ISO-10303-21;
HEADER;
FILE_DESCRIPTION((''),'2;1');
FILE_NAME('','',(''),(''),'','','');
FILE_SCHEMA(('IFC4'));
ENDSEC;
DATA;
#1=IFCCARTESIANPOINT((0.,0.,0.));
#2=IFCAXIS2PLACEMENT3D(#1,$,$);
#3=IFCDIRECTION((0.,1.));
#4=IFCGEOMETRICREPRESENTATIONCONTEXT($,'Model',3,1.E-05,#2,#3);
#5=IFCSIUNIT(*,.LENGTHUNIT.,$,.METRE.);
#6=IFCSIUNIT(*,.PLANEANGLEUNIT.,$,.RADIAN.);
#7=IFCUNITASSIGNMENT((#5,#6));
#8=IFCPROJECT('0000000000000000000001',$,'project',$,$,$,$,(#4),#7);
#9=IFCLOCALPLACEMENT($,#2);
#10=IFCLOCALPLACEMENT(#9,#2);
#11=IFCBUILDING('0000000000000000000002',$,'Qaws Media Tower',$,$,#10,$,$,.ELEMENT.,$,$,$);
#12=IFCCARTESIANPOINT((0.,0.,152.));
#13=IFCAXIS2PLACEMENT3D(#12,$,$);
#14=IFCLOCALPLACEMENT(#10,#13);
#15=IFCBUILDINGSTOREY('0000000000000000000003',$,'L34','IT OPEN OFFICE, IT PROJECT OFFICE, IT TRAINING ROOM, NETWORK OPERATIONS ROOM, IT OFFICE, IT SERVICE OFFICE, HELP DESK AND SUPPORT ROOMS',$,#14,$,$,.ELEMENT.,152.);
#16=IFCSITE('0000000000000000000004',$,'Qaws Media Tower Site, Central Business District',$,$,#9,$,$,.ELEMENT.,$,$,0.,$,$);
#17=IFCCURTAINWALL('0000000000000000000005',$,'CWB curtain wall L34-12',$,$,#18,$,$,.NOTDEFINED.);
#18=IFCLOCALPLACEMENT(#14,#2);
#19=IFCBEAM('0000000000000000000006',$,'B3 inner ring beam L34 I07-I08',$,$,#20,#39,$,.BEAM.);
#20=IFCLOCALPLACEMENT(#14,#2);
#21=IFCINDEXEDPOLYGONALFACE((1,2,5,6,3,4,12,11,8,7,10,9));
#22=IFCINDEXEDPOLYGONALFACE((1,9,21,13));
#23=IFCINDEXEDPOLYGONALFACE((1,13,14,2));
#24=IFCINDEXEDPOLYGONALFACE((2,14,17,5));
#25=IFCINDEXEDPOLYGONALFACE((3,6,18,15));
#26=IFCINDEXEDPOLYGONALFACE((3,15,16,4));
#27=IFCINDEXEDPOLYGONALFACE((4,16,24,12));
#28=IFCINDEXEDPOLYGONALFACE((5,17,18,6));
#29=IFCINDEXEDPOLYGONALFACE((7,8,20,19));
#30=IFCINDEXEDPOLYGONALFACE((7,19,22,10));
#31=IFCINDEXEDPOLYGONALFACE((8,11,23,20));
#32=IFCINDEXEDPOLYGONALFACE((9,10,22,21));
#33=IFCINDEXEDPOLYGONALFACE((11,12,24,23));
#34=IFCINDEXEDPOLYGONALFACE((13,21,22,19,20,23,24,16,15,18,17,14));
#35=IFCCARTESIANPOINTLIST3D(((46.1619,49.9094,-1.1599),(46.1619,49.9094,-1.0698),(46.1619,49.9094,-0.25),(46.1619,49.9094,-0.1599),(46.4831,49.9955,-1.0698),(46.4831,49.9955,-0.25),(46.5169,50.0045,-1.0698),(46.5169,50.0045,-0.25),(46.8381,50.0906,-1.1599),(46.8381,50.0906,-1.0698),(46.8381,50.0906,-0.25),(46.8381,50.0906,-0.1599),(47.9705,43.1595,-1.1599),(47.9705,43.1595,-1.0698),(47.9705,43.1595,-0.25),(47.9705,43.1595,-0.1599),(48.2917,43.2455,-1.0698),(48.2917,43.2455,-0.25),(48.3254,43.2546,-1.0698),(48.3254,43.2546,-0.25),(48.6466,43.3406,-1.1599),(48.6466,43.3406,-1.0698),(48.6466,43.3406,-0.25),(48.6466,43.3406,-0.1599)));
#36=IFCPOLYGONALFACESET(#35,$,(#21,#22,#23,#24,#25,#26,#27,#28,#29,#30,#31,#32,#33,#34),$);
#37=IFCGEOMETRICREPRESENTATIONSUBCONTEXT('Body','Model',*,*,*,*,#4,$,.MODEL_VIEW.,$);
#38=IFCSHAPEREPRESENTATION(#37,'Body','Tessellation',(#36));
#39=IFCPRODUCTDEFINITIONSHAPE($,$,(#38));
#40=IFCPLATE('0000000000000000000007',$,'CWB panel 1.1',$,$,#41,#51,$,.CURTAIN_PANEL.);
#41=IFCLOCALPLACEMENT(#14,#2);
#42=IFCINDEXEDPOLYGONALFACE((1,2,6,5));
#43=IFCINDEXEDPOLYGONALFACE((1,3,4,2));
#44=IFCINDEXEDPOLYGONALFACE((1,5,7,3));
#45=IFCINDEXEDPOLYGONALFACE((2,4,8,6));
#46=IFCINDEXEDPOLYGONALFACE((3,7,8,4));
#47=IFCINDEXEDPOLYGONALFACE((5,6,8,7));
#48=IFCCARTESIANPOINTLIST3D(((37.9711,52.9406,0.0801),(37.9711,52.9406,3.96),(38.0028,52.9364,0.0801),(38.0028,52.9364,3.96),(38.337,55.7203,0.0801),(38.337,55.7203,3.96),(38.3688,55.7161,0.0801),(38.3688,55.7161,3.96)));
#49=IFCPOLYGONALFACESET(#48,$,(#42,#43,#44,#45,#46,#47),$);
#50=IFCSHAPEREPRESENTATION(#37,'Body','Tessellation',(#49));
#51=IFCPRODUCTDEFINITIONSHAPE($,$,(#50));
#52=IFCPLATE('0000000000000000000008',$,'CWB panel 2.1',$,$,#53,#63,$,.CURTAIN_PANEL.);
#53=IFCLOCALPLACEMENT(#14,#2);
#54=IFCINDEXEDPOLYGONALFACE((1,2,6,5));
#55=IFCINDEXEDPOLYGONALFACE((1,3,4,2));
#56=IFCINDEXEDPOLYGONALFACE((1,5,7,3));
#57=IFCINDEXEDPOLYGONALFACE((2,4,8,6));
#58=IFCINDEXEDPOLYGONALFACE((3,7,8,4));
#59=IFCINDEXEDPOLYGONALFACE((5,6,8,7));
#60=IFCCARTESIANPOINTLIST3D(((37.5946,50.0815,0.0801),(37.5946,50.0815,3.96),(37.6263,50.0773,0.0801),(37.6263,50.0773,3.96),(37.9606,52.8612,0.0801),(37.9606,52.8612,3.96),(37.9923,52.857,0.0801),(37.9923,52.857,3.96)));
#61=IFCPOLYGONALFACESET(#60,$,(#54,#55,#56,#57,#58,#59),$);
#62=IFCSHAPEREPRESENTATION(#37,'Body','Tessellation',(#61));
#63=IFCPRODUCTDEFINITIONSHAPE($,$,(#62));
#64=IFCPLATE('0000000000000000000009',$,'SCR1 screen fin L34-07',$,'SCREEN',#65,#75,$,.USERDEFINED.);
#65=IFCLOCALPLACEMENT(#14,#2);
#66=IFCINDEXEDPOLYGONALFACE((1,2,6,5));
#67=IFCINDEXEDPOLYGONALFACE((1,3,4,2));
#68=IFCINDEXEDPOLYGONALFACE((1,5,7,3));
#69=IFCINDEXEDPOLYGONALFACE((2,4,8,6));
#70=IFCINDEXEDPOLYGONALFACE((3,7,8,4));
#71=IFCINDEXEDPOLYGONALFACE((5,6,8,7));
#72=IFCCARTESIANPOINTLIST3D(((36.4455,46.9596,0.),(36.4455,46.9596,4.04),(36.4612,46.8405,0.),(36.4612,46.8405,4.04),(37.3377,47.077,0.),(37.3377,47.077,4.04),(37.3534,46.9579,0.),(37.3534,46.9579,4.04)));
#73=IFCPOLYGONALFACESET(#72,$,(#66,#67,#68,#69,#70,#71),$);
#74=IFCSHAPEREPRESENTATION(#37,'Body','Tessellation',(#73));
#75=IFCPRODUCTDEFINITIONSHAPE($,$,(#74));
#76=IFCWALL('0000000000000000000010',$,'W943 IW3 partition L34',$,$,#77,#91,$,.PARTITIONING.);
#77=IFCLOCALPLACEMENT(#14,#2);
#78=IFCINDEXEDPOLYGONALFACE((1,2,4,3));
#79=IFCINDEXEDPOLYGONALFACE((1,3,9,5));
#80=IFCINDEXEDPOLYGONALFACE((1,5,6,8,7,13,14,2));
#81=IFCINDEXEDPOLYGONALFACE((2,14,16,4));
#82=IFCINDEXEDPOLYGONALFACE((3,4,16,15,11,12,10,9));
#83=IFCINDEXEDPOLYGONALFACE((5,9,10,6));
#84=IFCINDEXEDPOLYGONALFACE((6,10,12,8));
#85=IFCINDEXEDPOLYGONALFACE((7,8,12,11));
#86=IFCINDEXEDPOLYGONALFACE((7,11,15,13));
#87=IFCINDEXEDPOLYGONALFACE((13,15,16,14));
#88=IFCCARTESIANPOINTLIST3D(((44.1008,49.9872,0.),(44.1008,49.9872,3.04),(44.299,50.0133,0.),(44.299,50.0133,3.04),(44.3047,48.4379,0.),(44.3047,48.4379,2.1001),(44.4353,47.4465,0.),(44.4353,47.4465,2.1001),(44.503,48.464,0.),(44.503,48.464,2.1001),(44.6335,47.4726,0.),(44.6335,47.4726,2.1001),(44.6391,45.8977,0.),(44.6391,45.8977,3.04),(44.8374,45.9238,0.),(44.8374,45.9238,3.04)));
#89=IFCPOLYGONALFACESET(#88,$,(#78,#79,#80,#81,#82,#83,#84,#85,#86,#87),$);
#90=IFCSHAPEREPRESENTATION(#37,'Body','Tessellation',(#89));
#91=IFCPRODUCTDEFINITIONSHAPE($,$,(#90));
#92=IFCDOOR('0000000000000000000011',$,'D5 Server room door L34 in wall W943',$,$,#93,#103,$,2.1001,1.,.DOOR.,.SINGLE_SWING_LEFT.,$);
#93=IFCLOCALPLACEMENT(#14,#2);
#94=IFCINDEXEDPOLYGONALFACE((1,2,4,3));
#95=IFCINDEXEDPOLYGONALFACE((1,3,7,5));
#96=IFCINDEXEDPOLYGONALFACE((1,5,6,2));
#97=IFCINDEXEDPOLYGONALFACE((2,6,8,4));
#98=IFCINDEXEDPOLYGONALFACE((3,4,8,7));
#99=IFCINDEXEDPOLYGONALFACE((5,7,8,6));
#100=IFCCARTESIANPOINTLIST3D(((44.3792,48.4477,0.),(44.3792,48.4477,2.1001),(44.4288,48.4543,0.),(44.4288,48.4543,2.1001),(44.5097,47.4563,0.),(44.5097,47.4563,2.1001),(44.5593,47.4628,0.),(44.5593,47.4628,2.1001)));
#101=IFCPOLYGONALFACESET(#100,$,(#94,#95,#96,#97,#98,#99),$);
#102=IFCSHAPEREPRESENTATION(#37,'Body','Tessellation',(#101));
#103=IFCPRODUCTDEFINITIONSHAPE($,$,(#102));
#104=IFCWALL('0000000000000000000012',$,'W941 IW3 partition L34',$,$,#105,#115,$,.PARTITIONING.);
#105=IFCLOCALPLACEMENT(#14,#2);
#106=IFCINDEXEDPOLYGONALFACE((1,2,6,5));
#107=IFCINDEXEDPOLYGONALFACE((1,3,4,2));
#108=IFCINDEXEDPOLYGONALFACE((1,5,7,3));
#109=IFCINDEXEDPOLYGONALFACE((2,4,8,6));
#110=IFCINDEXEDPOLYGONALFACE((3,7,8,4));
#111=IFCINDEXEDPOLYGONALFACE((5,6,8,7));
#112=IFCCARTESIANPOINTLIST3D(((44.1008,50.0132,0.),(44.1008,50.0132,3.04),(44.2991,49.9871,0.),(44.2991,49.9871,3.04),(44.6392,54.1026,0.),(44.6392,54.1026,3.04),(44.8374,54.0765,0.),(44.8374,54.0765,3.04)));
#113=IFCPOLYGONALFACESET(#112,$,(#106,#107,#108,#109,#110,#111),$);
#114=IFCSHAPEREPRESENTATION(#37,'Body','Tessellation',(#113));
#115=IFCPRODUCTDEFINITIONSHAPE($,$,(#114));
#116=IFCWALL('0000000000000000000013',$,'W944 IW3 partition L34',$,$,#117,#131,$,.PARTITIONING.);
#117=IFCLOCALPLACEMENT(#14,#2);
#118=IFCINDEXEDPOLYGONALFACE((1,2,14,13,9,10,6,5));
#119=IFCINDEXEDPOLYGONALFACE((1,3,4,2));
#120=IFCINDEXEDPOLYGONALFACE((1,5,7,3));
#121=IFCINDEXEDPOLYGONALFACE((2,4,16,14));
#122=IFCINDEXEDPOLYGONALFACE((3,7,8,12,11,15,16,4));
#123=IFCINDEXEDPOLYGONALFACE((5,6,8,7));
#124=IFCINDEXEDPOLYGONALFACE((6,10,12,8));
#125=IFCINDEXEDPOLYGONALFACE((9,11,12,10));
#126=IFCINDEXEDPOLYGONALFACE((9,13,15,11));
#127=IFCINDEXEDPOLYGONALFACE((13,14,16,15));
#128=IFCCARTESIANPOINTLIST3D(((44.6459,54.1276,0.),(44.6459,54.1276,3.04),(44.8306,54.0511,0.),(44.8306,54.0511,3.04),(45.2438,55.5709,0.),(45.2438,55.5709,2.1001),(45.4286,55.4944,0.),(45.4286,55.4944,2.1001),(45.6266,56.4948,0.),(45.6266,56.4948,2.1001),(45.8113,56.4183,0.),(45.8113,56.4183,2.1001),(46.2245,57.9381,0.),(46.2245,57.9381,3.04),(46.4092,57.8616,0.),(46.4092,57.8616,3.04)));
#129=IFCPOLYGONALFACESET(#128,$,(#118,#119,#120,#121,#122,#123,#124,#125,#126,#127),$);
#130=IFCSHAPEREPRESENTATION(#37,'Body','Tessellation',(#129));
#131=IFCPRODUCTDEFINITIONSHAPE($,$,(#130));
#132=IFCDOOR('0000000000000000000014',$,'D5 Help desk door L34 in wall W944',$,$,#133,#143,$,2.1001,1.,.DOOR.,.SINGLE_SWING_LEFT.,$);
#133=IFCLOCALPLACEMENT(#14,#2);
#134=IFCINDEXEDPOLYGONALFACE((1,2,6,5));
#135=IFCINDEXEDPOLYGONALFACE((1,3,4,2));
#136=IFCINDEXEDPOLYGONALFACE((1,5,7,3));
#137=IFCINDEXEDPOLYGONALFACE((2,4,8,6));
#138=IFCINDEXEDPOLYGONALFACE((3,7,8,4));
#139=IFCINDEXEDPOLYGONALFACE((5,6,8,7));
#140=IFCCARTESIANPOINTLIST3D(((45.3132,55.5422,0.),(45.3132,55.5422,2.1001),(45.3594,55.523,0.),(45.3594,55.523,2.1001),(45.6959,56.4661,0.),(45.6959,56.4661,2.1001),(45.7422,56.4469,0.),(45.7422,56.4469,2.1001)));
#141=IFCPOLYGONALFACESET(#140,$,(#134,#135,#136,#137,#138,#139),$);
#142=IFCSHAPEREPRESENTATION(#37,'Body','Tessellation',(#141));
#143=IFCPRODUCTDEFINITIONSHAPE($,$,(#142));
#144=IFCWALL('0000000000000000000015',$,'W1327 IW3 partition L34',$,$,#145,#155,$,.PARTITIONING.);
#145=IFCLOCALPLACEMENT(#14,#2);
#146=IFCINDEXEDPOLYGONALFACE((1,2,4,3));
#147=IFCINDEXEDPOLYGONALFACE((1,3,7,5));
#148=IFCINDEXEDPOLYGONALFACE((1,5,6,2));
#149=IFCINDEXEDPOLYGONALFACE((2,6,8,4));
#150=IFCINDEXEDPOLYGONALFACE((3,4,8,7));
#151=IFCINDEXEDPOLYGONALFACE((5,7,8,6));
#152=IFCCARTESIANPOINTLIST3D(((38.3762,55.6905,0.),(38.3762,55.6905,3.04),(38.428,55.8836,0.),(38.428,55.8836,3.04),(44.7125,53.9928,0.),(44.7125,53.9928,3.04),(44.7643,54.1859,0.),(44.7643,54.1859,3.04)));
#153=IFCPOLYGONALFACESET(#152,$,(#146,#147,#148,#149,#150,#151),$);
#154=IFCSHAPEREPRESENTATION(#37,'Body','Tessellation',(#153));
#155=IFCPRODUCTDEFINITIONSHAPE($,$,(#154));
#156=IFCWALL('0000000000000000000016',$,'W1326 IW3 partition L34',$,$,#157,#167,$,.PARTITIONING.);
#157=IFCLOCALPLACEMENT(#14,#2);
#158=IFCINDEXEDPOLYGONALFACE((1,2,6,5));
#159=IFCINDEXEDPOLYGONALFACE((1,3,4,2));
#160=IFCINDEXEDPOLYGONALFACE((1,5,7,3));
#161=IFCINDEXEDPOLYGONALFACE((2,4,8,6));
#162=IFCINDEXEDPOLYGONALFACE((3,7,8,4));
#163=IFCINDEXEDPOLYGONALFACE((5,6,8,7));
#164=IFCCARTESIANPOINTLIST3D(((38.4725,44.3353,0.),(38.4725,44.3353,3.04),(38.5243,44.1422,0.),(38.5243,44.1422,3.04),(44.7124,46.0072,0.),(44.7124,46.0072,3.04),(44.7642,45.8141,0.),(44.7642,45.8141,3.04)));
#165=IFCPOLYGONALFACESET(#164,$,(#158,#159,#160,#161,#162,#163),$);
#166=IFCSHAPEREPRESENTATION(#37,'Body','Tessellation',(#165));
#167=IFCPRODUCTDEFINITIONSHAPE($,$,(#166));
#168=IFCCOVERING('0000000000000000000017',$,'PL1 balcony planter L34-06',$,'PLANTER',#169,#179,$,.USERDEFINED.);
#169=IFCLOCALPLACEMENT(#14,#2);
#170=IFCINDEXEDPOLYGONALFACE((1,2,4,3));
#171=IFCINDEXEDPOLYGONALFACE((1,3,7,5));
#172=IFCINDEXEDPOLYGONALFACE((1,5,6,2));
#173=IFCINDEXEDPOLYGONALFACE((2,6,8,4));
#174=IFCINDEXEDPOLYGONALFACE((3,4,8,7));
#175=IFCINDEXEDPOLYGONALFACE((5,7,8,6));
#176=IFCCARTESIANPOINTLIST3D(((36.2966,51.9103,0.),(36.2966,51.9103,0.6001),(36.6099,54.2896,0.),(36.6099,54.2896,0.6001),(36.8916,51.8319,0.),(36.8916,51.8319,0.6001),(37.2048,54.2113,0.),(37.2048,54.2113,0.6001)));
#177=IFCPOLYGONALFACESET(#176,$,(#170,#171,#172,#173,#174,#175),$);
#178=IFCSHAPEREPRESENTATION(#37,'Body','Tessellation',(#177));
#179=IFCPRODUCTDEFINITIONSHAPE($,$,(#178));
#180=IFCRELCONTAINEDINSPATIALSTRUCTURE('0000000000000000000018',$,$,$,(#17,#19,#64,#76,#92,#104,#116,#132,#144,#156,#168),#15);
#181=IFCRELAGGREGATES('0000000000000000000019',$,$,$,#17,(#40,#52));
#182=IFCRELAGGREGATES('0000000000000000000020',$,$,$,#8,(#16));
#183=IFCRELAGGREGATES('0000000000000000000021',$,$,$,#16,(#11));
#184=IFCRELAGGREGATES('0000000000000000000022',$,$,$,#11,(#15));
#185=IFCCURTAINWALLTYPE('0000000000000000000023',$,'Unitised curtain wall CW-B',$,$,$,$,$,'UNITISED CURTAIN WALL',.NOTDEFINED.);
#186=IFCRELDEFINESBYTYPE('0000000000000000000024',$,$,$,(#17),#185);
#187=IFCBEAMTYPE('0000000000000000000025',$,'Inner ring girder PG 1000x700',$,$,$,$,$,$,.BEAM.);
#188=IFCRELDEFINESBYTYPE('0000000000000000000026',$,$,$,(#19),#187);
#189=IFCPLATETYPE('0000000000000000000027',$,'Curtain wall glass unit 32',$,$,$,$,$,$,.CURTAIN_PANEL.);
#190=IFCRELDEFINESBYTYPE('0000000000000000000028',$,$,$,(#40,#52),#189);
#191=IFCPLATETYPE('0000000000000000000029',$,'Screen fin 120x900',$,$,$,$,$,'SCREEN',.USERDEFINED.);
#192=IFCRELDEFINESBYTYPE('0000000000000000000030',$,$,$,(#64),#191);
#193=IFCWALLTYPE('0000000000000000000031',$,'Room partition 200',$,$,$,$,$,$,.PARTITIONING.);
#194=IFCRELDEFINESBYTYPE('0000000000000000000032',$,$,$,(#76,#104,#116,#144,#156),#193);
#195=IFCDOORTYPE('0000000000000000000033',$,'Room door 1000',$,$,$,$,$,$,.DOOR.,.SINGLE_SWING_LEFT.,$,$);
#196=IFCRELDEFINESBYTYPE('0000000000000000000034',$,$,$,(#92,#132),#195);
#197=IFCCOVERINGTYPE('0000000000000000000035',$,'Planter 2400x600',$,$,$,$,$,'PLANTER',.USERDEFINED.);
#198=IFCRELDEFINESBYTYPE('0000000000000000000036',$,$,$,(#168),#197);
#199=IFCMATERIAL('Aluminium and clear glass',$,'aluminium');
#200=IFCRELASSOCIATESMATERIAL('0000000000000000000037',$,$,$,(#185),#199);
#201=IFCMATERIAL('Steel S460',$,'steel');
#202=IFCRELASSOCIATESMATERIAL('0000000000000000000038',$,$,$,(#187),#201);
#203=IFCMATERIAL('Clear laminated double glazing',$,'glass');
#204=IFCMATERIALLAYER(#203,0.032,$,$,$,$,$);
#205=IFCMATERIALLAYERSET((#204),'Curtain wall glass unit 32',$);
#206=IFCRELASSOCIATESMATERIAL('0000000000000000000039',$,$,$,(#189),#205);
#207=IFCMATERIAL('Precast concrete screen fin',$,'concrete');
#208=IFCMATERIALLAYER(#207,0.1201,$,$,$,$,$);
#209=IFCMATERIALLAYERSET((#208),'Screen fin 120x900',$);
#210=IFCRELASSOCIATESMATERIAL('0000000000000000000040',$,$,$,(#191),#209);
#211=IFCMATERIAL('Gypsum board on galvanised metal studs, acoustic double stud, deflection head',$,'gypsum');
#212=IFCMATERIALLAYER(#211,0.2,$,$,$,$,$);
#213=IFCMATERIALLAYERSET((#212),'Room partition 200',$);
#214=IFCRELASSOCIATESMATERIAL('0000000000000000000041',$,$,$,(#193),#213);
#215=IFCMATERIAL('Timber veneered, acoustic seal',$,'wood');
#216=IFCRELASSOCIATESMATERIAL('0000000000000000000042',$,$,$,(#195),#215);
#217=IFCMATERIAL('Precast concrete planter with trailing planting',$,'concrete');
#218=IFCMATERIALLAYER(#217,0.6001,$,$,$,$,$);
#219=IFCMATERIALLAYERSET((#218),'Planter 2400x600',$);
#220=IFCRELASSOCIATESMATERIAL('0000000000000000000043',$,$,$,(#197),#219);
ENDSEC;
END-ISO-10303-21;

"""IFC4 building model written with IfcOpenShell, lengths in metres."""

from ifc_helpers import new_model, si_unit, direction, frame, frame_2d, origin, origin_2d, place, context, subcontext, project, spatial, rectangle, i_section, extrude, material, layer, layer_set, material_profile, profile_set, type_object, element, fill, aggregate, save


model = new_model("IFC4")

# Units and contexts
model_context = context("Model", 3, precision=1e-05, world=origin(), true_north=direction((0.0, 1.0)))
body_context = subcontext(model_context, "Body", "Model", "MODEL_VIEW")
ifc_project = project(units=[si_unit("LENGTHUNIT", "METRE"), si_unit("PLANEANGLEUNIT", "RADIAN")], contexts=[model_context])

# Site, building, storey
site_placement = place(None, origin())
site = spatial("IfcSite", under=ifc_project, at=site_placement, Name="Qaws Media Tower Site, Central Business District", CompositionType="ELEMENT", RefElevation=0.0)
building_placement = place(site_placement, origin())
building = spatial("IfcBuilding", under=site, at=building_placement, Name="Qaws Media Tower", CompositionType="ELEMENT")
storey_placement = place(building_placement, frame((0.0, 0.0, 152.0)))
storey = spatial("IfcBuildingStorey", under=building, at=storey_placement, Name="L34", Description="IT OPEN OFFICE, IT PROJECT OFFICE, IT TRAINING ROOM, NETWORK OPERATIONS ROOM, IT OFFICE, IT SERVICE OFFICE, HELP DESK AND SUPPORT ROOMS", CompositionType="ELEMENT", Elevation=152.0)

# Shared definitions
ifc_material_1 = material(Name="Aluminium and clear glass", Category="aluminium")
curtain_wall_type = type_object("IfcCurtainWallType", Name="Unitised curtain wall CW-B", ElementType="UNITISED CURTAIN WALL", PredefinedType="NOTDEFINED", material=ifc_material_1)

# Curtain wall
curtain_wall_1_placement = place(storey_placement, origin())
curtain_wall_1 = element("IfcCurtainWall", 1, at=curtain_wall_1_placement, inside=storey, type_object=curtain_wall_type, Name="CWB curtain wall L34-12", PredefinedType="NOTDEFINED")

# Beam
ifc_material_2 = material(Name="Steel S460", Category="steel")
ifc_material_profile_1 = material_profile(ifc_material_2, i_section(OverallWidth=0.7, OverallDepth=1.0, WebThickness=0.0349, FlangeThickness=0.0901, at=origin_2d()), Name="PG 1000x700")
ifc_profile_set_1 = profile_set([ifc_material_profile_1], Name="Steel S460")
beam_type_1 = type_object("IfcBeamType", Name="Inner ring girder PG 1000x700", PredefinedType="BEAM", material=ifc_profile_set_1)
beam_placement = place(storey_placement, frame((46.5, 50.0, -0.6599), z_axis=(0.258811, -0.965928, 0.0), x_axis=(0.965928, 0.258811, 0.0)))
element("IfcBeam", 2, at=beam_placement, inside=storey, type_object=beam_type_1, Name="B3 inner ring beam L34 I07-I08", PredefinedType="BEAM", context=body_context, shape_type="SweptSolid", body=[
    extrude(i_section(OverallWidth=0.7, OverallDepth=1.0, WebThickness=0.0349, FlangeThickness=0.0901, at=origin_2d()), origin(), (0.0, 0.0, 1.0), 6.988),
])

# Plates
ifc_material_3 = material(Name="Clear laminated double glazing", Category="glass")
ifc_layer_1 = layer(ifc_material_3, 0.032)
ifc_layer_set_1 = layer_set([ifc_layer_1], Name="Curtain wall glass unit 32")
plate_type_1 = type_object("IfcPlateType", Name="Curtain wall glass unit 32", PredefinedType="CURTAIN_PANEL", material=ifc_layer_set_1)
plate_1_placement = place(storey_placement, frame((38.1699, 54.3284, 0.0801), z_axis=(0.0, 0.0, 1.0), x_axis=(-0.130526, -0.991445, 0.0)))
plate_1 = element("IfcPlate", 3, at=plate_1_placement, type_object=plate_type_1, Name="CWB panel 1.1", PredefinedType="CURTAIN_PANEL", context=body_context, shape_type="SweptSolid", body=[
    extrude(rectangle(XDim=2.8037, YDim=0.032, at=origin_2d()), origin(), (0.0, 0.0, 1.0), 3.8799),
])
plate_2_placement = place(storey_placement, frame((37.7935, 51.4692, 0.0801), z_axis=(0.0, 0.0, 1.0), x_axis=(-0.130526, -0.991445, 0.0)))
plate_2 = element("IfcPlate", 4, at=plate_2_placement, type_object=plate_type_1, Name="CWB panel 2.1", PredefinedType="CURTAIN_PANEL", context=body_context, shape_type="SweptSolid", body=[
    extrude(rectangle(XDim=2.8037, YDim=0.032, at=origin_2d()), origin(), (0.0, 0.0, 1.0), 3.8799),
])
aggregate(curtain_wall_1, [plate_1, plate_2])
ifc_material_4 = material(Name="Precast concrete screen fin", Category="concrete")
ifc_layer_2 = layer(ifc_material_4, 0.1201)
ifc_layer_set_2 = layer_set([ifc_layer_2], Name="Screen fin 120x900")
plate_type_2 = type_object("IfcPlateType", Name="Screen fin 120x900", ElementType="SCREEN", PredefinedType="USERDEFINED", material=ifc_layer_set_2)
plate_3_placement = place(storey_placement, frame((36.8994, 46.9587, 0.0), z_axis=(0.0, 0.0, 1.0), x_axis=(-0.991445, -0.130526, 0.0)))
element("IfcPlate", 5, at=plate_3_placement, inside=storey, type_object=plate_type_2, Name="SCR1 screen fin L34-07", ObjectType="SCREEN", PredefinedType="USERDEFINED", context=body_context, shape_type="SweptSolid", body=[
    extrude(rectangle(XDim=0.8999, YDim=0.1201, at=origin_2d()), origin(), (0.0, 0.0, 1.0), 4.04),
])

# Wall, opening, door
ifc_material_5 = material(Name="Gypsum board on galvanised metal studs, acoustic double stud, deflection head", Category="gypsum")
ifc_layer_3 = layer(ifc_material_5, 0.2)
ifc_layer_set_3 = layer_set([ifc_layer_3], Name="Room partition 200")
wall_type_1 = type_object("IfcWallType", Name="Room partition 200", PredefinedType="PARTITIONING", material=ifc_layer_set_3)
wall_1_placement = place(storey_placement, frame((44.7383, 45.9106, 0.0), z_axis=(0.0, 0.0, 1.0), x_axis=(-0.130516, 0.991446, 0.0)))
wall_1 = element("IfcWall", 6, at=wall_1_placement, inside=storey, type_object=wall_type_1, Name="W943 IW3 partition L34", PredefinedType="PARTITIONING", context=body_context, shape_type="SweptSolid", body=[
    extrude(rectangle(XDim=4.1248, YDim=0.2, at=frame_2d((2.0625, 0.0))), origin(), (0.0, 0.0, 1.0), 3.04),
])
opening_1_placement = place(wall_1_placement, frame((1.5623, 0.0, 0.0)))
opening_1 = element("IfcOpeningElement", 7, at=opening_1_placement, cuts=wall_1, PredefinedType="OPENING", context=body_context, shape_type="SweptSolid", body=[
    extrude(rectangle(XDim=1.0, YDim=2.1001, at=frame_2d((0.5, 1.05))), frame((0.0, 0.1099, 0.0), z_axis=(0.0, -1.0, 0.0), x_axis=(1.0, 0.0, 0.0)), (0.0, 0.0, 1.0), 0.22),
])
ifc_material_6 = material(Name="Timber veneered, acoustic seal", Category="wood")
door_type_1 = type_object("IfcDoorType", Name="Room door 1000", OperationType="SINGLE_SWING_LEFT", PredefinedType="DOOR", material=ifc_material_6)
door_1_placement = place(opening_1_placement, origin())
door_1 = element("IfcDoor", 8, at=door_1_placement, inside=storey, type_object=door_type_1, Name="D5 Server room door L34 in wall W943", OperationType="SINGLE_SWING_LEFT", OverallHeight=2.1001, OverallWidth=1.0, PredefinedType="DOOR", context=body_context, shape_type="SweptSolid", body=[
    extrude(rectangle(XDim=1.0, YDim=2.1001, at=frame_2d((0.5, 1.05))), frame((0.0, 0.0249, 0.0), z_axis=(0.0, -1.0, 0.0), x_axis=(1.0, 0.0, 0.0)), (0.0, 0.0, 1.0), 0.05),
])
fill(opening_1, door_1)

# Wall
wall_2_placement = place(storey_placement, frame((44.2, 50.0, 0.0), z_axis=(0.0, 0.0, 1.0), x_axis=(0.130516, 0.991446, 0.0)))
element("IfcWall", 9, at=wall_2_placement, inside=storey, type_object=wall_type_1, Name="W941 IW3 partition L34", PredefinedType="PARTITIONING", context=body_context, shape_type="SweptSolid", body=[
    extrude(rectangle(XDim=4.1248, YDim=0.2, at=frame_2d((2.0625, 0.0))), origin(), (0.0, 0.0, 1.0), 3.04),
])

# Wall, opening, door
wall_3_placement = place(storey_placement, frame((44.7383, 54.0894, 0.0), z_axis=(0.0, 0.0, 1.0), x_axis=(0.382732, 0.92386, 0.0)))
wall_3 = element("IfcWall", 10, at=wall_3_placement, inside=storey, type_object=wall_type_1, Name="W944 IW3 partition L34", PredefinedType="PARTITIONING", context=body_context, shape_type="SweptSolid", body=[
    extrude(rectangle(XDim=4.1245, YDim=0.2, at=frame_2d((2.0623, 0.0))), origin(), (0.0, 0.0, 1.0), 3.04),
])
opening_2_placement = place(wall_3_placement, frame((1.5623, 0.0, 0.0)))
opening_2 = element("IfcOpeningElement", 11, at=opening_2_placement, cuts=wall_3, PredefinedType="OPENING", context=body_context, shape_type="SweptSolid", body=[
    extrude(rectangle(XDim=1.0, YDim=2.1001, at=frame_2d((0.5, 1.05))), frame((0.0, 0.1099, 0.0), z_axis=(0.0, -1.0, 0.0), x_axis=(1.0, 0.0, 0.0)), (0.0, 0.0, 1.0), 0.22),
])
door_2_placement = place(opening_2_placement, origin())
door_2 = element("IfcDoor", 12, at=door_2_placement, inside=storey, type_object=door_type_1, Name="D5 Help desk door L34 in wall W944", OperationType="SINGLE_SWING_LEFT", OverallHeight=2.1001, OverallWidth=1.0, PredefinedType="DOOR", context=body_context, shape_type="SweptSolid", body=[
    extrude(rectangle(XDim=1.0, YDim=2.1001, at=frame_2d((0.5, 1.05))), frame((0.0, 0.0249, 0.0), z_axis=(0.0, -1.0, 0.0), x_axis=(1.0, 0.0, 0.0)), (0.0, 0.0, 1.0), 0.05),
])
fill(opening_2, door_2)

# Walls
wall_4_placement = place(storey_placement, frame((44.7383, 54.0894, 0.0), z_axis=(0.0, 0.0, 1.0), x_axis=(-0.965929, 0.258807, 0.0)))
element("IfcWall", 13, at=wall_4_placement, inside=storey, type_object=wall_type_1, Name="W1327 IW3 partition L34", PredefinedType="PARTITIONING", context=body_context, shape_type="SweptSolid", body=[
    extrude(rectangle(XDim=6.5598, YDim=0.2, at=frame_2d((3.2798, 0.0))), origin(), (0.0, 0.0, 1.0), 3.04),
])
wall_5_placement = place(storey_placement, frame((44.7383, 45.9106, 0.0), z_axis=(0.0, 0.0, 1.0), x_axis=(-0.965928, -0.25881, 0.0)))
element("IfcWall", 14, at=wall_5_placement, inside=storey, type_object=wall_type_1, Name="W1326 IW3 partition L34", PredefinedType="PARTITIONING", context=body_context, shape_type="SweptSolid", body=[
    extrude(rectangle(XDim=6.46, YDim=0.2, at=frame_2d((3.23, 0.0))), origin(), (0.0, 0.0, 1.0), 3.04),
])

# Covering
ifc_material_7 = material(Name="Precast concrete planter with trailing planting", Category="concrete")
ifc_layer_4 = layer(ifc_material_7, 0.6001)
ifc_layer_set_4 = layer_set([ifc_layer_4], Name="Planter 2400x600")
covering_type = type_object("IfcCoveringType", Name="Planter 2400x600", ElementType="PLANTER", PredefinedType="USERDEFINED", material=ifc_layer_set_4)
covering_placement = place(storey_placement, frame((36.7507, 53.0608, 0.0), z_axis=(0.0, 0.0, 1.0), x_axis=(-0.130526, -0.991445, 0.0)))
element("IfcCovering", 15, at=covering_placement, inside=storey, type_object=covering_type, Name="PL1 balcony planter L34-06", ObjectType="PLANTER", PredefinedType="USERDEFINED", context=body_context, shape_type="SweptSolid", body=[
    extrude(rectangle(XDim=2.3999, YDim=0.6001, at=origin_2d()), origin(), (0.0, 0.0, 1.0), 0.6001),
])

save(model, "model.ifc")
